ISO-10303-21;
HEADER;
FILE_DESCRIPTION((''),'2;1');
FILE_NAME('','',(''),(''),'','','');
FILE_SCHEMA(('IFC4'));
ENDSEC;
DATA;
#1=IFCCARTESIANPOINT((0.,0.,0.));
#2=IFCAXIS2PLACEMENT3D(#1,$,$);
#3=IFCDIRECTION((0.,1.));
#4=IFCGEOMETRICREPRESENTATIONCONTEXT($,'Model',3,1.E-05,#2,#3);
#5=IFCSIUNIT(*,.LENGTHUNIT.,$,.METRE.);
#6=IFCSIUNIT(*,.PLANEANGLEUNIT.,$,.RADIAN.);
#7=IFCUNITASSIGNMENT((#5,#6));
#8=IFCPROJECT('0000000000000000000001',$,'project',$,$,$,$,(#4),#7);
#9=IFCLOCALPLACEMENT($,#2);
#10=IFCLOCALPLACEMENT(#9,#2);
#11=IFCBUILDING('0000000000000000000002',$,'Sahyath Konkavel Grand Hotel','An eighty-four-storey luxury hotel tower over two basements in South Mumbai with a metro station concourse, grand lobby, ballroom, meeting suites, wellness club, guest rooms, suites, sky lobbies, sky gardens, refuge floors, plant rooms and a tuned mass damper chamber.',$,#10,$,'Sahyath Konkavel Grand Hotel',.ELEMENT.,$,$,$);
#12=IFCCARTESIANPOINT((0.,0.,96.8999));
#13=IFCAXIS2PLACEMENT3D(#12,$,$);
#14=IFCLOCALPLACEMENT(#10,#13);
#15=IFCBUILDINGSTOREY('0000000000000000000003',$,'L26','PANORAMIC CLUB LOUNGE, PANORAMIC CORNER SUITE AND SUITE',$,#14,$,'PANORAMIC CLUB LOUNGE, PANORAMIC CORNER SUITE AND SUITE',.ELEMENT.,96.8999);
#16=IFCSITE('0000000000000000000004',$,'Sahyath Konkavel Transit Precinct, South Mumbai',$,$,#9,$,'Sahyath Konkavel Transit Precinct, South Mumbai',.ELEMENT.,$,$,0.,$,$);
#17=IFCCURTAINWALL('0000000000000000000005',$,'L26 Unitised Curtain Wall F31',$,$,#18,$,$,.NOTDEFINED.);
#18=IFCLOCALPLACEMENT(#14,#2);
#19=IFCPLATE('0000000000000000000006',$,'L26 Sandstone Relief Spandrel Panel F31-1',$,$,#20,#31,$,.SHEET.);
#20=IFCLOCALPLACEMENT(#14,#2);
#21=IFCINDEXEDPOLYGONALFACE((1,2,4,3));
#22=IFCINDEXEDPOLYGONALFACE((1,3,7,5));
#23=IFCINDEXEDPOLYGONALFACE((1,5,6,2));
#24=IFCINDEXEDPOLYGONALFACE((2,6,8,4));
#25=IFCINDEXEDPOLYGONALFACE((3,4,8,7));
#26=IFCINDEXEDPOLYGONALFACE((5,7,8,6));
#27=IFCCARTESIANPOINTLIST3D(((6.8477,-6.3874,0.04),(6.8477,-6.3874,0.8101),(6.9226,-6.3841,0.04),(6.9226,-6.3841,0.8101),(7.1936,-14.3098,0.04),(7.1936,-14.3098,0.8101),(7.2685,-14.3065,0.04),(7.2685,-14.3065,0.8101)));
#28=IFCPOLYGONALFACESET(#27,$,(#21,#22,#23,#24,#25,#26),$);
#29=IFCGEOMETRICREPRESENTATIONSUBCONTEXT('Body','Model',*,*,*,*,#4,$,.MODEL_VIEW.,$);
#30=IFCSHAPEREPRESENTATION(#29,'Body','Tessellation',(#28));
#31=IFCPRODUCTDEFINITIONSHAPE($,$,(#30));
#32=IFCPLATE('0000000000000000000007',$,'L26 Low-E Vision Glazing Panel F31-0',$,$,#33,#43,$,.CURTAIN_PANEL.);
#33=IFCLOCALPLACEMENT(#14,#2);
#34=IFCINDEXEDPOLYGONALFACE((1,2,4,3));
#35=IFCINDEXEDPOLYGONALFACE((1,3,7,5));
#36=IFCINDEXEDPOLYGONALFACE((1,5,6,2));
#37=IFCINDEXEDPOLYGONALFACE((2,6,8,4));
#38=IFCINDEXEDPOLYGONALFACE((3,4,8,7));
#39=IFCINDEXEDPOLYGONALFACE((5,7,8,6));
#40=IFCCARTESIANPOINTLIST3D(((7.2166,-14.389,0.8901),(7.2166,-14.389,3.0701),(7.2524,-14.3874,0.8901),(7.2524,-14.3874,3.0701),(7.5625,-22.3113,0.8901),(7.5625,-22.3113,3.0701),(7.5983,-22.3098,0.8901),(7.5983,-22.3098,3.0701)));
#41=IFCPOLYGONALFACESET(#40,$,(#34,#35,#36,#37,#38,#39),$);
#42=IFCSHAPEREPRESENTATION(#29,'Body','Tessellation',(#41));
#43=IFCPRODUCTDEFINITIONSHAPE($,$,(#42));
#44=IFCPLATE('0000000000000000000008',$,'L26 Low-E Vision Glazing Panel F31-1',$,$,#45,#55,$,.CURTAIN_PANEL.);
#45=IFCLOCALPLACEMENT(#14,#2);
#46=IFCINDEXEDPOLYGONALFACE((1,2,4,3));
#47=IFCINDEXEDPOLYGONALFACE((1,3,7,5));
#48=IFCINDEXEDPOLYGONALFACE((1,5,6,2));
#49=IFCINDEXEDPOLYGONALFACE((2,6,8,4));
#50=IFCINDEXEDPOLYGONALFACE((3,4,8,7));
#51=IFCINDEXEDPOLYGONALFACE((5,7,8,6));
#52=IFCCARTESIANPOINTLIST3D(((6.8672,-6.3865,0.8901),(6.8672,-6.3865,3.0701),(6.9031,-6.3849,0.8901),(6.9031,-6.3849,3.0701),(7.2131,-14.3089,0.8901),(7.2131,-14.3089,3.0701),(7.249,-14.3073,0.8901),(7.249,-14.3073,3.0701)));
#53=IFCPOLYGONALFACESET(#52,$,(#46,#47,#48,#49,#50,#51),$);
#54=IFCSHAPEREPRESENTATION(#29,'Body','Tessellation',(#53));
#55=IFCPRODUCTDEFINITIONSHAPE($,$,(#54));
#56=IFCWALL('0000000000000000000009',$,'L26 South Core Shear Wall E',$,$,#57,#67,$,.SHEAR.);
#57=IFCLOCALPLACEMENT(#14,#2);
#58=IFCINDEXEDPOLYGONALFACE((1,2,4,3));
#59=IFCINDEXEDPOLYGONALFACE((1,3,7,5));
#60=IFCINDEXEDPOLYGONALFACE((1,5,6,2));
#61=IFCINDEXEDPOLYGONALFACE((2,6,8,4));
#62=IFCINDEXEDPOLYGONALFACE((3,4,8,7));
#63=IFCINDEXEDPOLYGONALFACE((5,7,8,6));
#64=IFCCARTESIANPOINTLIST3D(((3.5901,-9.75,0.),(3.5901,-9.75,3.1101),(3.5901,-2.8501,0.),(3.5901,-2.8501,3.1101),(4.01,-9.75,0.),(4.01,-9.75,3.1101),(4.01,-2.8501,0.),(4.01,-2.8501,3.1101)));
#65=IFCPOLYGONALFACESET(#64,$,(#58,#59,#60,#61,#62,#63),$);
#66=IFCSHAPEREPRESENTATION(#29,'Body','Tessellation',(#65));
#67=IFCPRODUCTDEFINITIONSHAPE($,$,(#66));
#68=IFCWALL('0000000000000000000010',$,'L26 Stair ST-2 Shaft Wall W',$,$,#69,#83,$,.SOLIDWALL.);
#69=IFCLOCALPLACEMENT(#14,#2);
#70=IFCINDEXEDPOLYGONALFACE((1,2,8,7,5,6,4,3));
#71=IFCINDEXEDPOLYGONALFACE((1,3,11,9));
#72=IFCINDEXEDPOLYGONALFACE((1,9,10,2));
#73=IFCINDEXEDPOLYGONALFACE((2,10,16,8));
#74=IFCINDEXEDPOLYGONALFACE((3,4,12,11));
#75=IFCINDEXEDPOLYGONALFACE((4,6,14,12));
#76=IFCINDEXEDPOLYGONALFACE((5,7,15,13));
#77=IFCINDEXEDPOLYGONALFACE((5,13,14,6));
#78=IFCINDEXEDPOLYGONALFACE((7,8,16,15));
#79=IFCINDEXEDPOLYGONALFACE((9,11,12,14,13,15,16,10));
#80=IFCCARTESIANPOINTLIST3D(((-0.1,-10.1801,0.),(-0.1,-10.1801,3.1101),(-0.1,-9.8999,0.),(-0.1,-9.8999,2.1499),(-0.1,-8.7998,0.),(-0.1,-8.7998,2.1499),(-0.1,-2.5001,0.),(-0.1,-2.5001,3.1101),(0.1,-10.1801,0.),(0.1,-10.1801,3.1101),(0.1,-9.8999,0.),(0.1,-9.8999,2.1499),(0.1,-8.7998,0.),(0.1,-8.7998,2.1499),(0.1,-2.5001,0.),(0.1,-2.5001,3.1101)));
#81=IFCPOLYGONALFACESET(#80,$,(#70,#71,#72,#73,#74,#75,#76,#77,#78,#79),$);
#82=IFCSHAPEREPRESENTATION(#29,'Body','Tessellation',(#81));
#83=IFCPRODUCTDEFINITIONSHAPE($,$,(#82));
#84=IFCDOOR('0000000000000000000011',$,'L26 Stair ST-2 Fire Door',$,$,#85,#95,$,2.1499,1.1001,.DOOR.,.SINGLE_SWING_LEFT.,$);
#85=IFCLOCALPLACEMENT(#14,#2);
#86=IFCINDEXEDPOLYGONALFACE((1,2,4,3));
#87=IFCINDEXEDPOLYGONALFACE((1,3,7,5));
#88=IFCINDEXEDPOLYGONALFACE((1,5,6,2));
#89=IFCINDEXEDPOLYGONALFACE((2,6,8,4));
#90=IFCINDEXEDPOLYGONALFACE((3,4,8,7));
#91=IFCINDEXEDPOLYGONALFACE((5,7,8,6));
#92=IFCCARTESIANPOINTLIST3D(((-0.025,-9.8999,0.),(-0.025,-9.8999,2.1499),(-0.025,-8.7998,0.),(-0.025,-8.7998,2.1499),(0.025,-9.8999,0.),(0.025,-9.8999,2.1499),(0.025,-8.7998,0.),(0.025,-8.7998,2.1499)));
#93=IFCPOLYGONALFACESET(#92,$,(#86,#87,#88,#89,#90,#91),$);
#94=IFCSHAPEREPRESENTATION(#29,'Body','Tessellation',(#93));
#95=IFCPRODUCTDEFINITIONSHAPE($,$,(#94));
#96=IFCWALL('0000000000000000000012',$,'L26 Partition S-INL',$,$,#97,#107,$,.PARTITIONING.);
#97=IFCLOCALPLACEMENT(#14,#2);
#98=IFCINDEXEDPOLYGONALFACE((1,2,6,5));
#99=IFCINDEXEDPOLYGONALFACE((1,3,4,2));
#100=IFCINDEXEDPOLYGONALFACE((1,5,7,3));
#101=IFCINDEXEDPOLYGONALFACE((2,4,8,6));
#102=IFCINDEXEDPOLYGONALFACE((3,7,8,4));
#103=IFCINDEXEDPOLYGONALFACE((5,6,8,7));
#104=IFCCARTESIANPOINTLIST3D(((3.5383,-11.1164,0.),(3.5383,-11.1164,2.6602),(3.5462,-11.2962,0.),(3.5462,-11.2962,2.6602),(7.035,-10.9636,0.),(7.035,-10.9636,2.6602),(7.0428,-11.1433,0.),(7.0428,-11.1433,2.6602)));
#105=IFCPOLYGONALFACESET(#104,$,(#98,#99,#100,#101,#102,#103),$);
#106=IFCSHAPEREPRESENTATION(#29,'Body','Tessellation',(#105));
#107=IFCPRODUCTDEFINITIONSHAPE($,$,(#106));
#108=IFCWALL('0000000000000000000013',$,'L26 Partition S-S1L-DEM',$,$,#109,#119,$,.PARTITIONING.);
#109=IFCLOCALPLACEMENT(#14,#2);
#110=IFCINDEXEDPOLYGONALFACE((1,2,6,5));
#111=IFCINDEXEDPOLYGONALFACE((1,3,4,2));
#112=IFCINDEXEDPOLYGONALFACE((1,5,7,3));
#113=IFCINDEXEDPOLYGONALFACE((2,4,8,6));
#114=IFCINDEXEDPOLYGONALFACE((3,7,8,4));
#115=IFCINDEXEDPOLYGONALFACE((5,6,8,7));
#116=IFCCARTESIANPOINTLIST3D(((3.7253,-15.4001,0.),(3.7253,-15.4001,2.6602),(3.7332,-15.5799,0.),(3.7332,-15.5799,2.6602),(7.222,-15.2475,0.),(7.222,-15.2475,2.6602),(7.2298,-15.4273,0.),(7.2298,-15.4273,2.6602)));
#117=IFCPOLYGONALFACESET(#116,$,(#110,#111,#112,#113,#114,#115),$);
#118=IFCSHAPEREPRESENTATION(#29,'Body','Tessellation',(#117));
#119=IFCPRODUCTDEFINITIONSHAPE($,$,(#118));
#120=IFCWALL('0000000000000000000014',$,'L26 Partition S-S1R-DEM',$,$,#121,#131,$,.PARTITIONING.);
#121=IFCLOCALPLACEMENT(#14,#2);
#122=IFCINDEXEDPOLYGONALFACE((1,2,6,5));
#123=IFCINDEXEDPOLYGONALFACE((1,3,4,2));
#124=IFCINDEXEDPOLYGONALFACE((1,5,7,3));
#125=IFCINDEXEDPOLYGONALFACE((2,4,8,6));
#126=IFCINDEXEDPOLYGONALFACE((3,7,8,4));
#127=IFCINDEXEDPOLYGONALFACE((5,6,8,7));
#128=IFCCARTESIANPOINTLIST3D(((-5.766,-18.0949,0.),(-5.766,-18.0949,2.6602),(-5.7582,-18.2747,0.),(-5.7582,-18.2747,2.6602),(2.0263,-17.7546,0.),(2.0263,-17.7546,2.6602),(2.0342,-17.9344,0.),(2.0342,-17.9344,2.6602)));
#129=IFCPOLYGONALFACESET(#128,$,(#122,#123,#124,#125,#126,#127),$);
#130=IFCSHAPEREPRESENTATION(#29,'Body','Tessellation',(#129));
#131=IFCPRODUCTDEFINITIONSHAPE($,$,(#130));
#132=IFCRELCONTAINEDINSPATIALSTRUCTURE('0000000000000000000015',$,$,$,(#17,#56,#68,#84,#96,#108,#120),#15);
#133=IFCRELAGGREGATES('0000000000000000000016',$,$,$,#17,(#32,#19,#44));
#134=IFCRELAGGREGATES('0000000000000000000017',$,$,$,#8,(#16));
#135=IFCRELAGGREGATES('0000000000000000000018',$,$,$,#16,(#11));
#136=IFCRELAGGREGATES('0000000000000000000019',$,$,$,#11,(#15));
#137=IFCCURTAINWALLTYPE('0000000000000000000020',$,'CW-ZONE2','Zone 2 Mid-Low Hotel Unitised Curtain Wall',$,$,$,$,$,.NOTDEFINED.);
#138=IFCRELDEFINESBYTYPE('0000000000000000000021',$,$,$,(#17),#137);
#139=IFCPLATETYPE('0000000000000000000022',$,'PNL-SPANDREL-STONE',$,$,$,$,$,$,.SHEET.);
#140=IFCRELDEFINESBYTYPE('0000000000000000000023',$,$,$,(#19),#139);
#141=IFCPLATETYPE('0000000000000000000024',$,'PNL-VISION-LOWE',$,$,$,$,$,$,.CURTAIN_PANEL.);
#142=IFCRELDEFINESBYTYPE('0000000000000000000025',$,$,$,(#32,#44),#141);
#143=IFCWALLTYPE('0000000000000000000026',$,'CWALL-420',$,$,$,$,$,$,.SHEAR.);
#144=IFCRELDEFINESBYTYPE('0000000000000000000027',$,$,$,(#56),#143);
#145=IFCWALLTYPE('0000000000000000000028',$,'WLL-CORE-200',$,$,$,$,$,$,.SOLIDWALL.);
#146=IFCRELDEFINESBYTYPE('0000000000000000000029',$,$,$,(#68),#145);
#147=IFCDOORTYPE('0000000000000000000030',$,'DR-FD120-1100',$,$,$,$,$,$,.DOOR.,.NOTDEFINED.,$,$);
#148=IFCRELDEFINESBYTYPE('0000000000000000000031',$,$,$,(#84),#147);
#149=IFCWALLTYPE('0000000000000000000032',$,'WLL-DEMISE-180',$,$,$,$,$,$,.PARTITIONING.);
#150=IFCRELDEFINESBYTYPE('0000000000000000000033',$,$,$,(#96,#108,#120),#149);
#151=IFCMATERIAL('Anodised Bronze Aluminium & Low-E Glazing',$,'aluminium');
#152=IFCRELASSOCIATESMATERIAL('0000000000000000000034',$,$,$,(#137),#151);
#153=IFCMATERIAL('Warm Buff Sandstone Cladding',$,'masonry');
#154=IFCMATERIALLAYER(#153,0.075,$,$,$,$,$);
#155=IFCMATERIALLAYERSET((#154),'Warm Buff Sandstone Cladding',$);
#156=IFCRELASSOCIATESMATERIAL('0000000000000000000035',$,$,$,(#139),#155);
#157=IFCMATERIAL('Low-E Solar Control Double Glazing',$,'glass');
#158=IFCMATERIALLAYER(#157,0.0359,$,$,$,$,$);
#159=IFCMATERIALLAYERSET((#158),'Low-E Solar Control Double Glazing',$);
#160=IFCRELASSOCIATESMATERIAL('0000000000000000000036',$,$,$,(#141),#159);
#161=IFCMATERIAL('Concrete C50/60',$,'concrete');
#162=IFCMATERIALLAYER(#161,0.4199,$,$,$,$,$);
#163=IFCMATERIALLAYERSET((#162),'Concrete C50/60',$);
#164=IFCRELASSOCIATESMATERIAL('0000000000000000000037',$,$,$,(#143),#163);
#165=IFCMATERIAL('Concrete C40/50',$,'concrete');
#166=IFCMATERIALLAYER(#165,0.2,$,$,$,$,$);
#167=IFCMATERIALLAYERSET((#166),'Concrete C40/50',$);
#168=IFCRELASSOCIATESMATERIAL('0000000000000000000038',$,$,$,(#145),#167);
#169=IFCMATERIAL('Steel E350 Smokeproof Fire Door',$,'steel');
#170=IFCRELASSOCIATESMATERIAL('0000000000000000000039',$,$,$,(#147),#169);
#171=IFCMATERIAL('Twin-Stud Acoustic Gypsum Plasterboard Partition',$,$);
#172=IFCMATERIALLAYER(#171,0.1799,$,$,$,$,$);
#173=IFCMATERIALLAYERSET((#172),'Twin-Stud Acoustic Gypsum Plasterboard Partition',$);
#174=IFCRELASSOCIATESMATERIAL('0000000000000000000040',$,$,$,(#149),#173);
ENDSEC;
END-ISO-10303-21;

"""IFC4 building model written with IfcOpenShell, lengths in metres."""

from ifc_helpers import new_model, si_unit, direction, frame, frame_2d, origin, origin_2d, place, context, subcontext, project, spatial, rectangle, extrude, source, transform, mapped, material, layer, layer_set, type_object, element, fill, aggregate, save


model = new_model("IFC4")

# Units and contexts
model_context = context("Model", 3, precision=1e-05, world=origin(), true_north=direction((0.0, 1.0)))
body_context = subcontext(model_context, "Body", "Model", "MODEL_VIEW")
ifc_project = project(units=[si_unit("LENGTHUNIT", "METRE"), si_unit("PLANEANGLEUNIT", "RADIAN")], contexts=[model_context])

# Site, building, storey
site_placement = place(None, origin())
site = spatial("IfcSite", under=ifc_project, at=site_placement, Name="Sahyath Konkavel Transit Precinct, South Mumbai", LongName="Sahyath Konkavel Transit Precinct, South Mumbai", CompositionType="ELEMENT", RefElevation=0.0)
building_placement = place(site_placement, origin())
building = spatial("IfcBuilding", under=site, at=building_placement, Name="Sahyath Konkavel Grand Hotel", Description="An eighty-four-storey luxury hotel tower over two basements in South Mumbai with a metro station concourse, grand lobby, ballroom, meeting suites, wellness club, guest rooms, suites, sky lobbies, sky gardens, refuge floors, plant rooms and a tuned mass damper chamber.", LongName="Sahyath Konkavel Grand Hotel", CompositionType="ELEMENT")
storey_placement = place(building_placement, frame((0.0, 0.0, 96.8999)))
storey = spatial("IfcBuildingStorey", under=building, at=storey_placement, Name="L26", Description="PANORAMIC CLUB LOUNGE, PANORAMIC CORNER SUITE AND SUITE", LongName="PANORAMIC CLUB LOUNGE, PANORAMIC CORNER SUITE AND SUITE", CompositionType="ELEMENT", Elevation=96.8999)

# Curtain wall
ifc_material_1 = material(Name="Anodised Bronze Aluminium & Low-E Glazing", Category="aluminium")
curtain_wall_type = type_object("IfcCurtainWallType", Name="CW-ZONE2", Description="Zone 2 Mid-Low Hotel Unitised Curtain Wall", PredefinedType="NOTDEFINED", material=ifc_material_1)
curtain_wall_placement = place(storey_placement, origin())
curtain_wall = element("IfcCurtainWall", 1, at=curtain_wall_placement, inside=storey, type_object=curtain_wall_type, Name="L26 Unitised Curtain Wall F31", PredefinedType="NOTDEFINED")

# Plates
ifc_material_2 = material(Name="Warm Buff Sandstone Cladding", Category="masonry")
ifc_layer_1 = layer(ifc_material_2, 0.075)
ifc_layer_set_1 = layer_set([ifc_layer_1], Name="Warm Buff Sandstone Cladding")
plate_type_1 = type_object("IfcPlateType", Name="PNL-SPANDREL-STONE", PredefinedType="SHEET", material=ifc_layer_set_1)
shared_shape_1 = source(origin(), body_context, "Body", "SweptSolid", [
    extrude(rectangle(XDim=7.9299, YDim=0.075, at=origin_2d()), origin(), (0.0, 0.0, 1.0), 0.77),
])
plate_1_placement = place(storey_placement, frame((7.0581, -10.3469, 0.04), z_axis=(0.0, 0.0, 1.0), x_axis=(-0.043619, 0.999048, 0.0)))
plate_1 = element("IfcPlate", 2, at=plate_1_placement, type_object=plate_type_1, Name="L26 Sandstone Relief Spandrel Panel F31-1", PredefinedType="SHEET", context=body_context, shape_type="MappedRepresentation", body=[
    mapped(shared_shape_1, transform((0.0, 0.0, 0.0), scale=1.0)),
])
ifc_material_3 = material(Name="Low-E Solar Control Double Glazing", Category="glass")
ifc_layer_2 = layer(ifc_material_3, 0.0359)
ifc_layer_set_2 = layer_set([ifc_layer_2], Name="Low-E Solar Control Double Glazing")
plate_type_2 = type_object("IfcPlateType", Name="PNL-VISION-LOWE", PredefinedType="CURTAIN_PANEL", material=ifc_layer_set_2)
shared_shape_2 = source(origin(), body_context, "Body", "SweptSolid", [
    extrude(rectangle(XDim=7.9299, YDim=0.0359, at=origin_2d()), origin(), (0.0, 0.0, 1.0), 2.1799),
])
plate_2_placement = place(storey_placement, frame((7.4075, -18.3494, 0.8901), z_axis=(0.0, 0.0, 1.0), x_axis=(-0.043619, 0.999048, 0.0)))
plate_2 = element("IfcPlate", 3, at=plate_2_placement, type_object=plate_type_2, Name="L26 Low-E Vision Glazing Panel F31-0", PredefinedType="CURTAIN_PANEL", context=body_context, shape_type="MappedRepresentation", body=[
    mapped(shared_shape_2, transform((0.0, 0.0, 0.0), scale=1.0)),
])
plate_3_placement = place(storey_placement, frame((7.0581, -10.3469, 0.8901), z_axis=(0.0, 0.0, 1.0), x_axis=(-0.043619, 0.999048, 0.0)))
plate_3 = element("IfcPlate", 4, at=plate_3_placement, type_object=plate_type_2, Name="L26 Low-E Vision Glazing Panel F31-1", PredefinedType="CURTAIN_PANEL", context=body_context, shape_type="MappedRepresentation", body=[
    mapped(shared_shape_2, transform((0.0, 0.0, 0.0), scale=1.0)),
])
aggregate(curtain_wall, [plate_2, plate_1, plate_3])

# Wall
ifc_material_4 = material(Name="Concrete C50/60", Category="concrete")
ifc_layer_3 = layer(ifc_material_4, 0.4199)
ifc_layer_set_3 = layer_set([ifc_layer_3], Name="Concrete C50/60")
wall_type_1 = type_object("IfcWallType", Name="CWALL-420", PredefinedType="SHEAR", material=ifc_layer_set_3)
wall_1_placement = place(storey_placement, frame((3.8, -9.75, 0.0), z_axis=(0.0, 0.0, 1.0), x_axis=(0.0, 1.0, 0.0)))
element("IfcWall", 5, at=wall_1_placement, inside=storey, type_object=wall_type_1, Name="L26 South Core Shear Wall E", PredefinedType="SHEAR", context=body_context, shape_type="SweptSolid", body=[
    extrude(rectangle(XDim=6.8999, YDim=0.4199, at=frame_2d((3.45, 0.0))), origin(), (0.0, 0.0, 1.0), 3.1101),
])

# Wall, opening, door
ifc_material_5 = material(Name="Concrete C40/50", Category="concrete")
ifc_layer_4 = layer(ifc_material_5, 0.2)
ifc_layer_set_4 = layer_set([ifc_layer_4], Name="Concrete C40/50")
wall_type_2 = type_object("IfcWallType", Name="WLL-CORE-200", PredefinedType="SOLIDWALL", material=ifc_layer_set_4)
wall_2_placement = place(storey_placement, frame((0.0, -10.1799, 0.0), z_axis=(0.0, 0.0, 1.0), x_axis=(0.0, 1.0, 0.0)))
wall_2 = element("IfcWall", 6, at=wall_2_placement, inside=storey, type_object=wall_type_2, Name="L26 Stair ST-2 Shaft Wall W", PredefinedType="SOLIDWALL", context=body_context, shape_type="SweptSolid", body=[
    extrude(rectangle(XDim=7.6799, YDim=0.2, at=frame_2d((3.8398, 0.0))), origin(), (0.0, 0.0, 1.0), 3.1101),
])
opening_1_placement = place(wall_2_placement, frame((0.28, 0.0, 0.0)))
opening_1 = element("IfcOpeningElement", 7, at=opening_1_placement, cuts=wall_2, PredefinedType="OPENING", context=body_context, shape_type="SweptSolid", body=[
    extrude(rectangle(XDim=1.1001, YDim=2.1499, at=frame_2d((0.55, 1.075))), frame((0.0, 0.1099, 0.0), z_axis=(0.0, -1.0, 0.0), x_axis=(1.0, 0.0, 0.0)), (0.0, 0.0, 1.0), 0.22),
])
ifc_material_6 = material(Name="Steel E350 Smokeproof Fire Door", Category="steel")
door_type_1 = type_object("IfcDoorType", Name="DR-FD120-1100", OperationType="NOTDEFINED", PredefinedType="DOOR", material=ifc_material_6)
shared_shape_3 = source(origin(), body_context, "Body", "SweptSolid", [
    extrude(rectangle(XDim=1.1001, YDim=0.05, at=origin_2d()), origin(), (0.0, 0.0, 1.0), 2.1499),
])
door_1_placement = place(opening_1_placement, frame((0.55, 0.0, 0.0)))
door_1 = element("IfcDoor", 8, at=door_1_placement, inside=storey, type_object=door_type_1, Name="L26 Stair ST-2 Fire Door", OperationType="SINGLE_SWING_LEFT", OverallHeight=2.1499, OverallWidth=1.1001, PredefinedType="DOOR", context=body_context, shape_type="MappedRepresentation", body=[
    mapped(shared_shape_3, transform((0.0, 0.0, 0.0), scale=1.0)),
])
fill(opening_1, door_1)

# Walls
ifc_material_7 = material(Name="Twin-Stud Acoustic Gypsum Plasterboard Partition")
ifc_layer_5 = layer(ifc_material_7, 0.1799)
ifc_layer_set_5 = layer_set([ifc_layer_5], Name="Twin-Stud Acoustic Gypsum Plasterboard Partition")
wall_type_3 = type_object("IfcWallType", Name="WLL-DEMISE-180", PredefinedType="PARTITIONING", material=ifc_layer_set_5)
for number, where, z_axis, x_axis, name in (
    (9, (3.5422, -11.2063, 0.0), (0.0, 0.0, 1.0), (0.999046, 0.043667, 0.0), "L26 Partition S-INL"),
    (10, (3.7292, -15.49, 0.0), (0.0, 0.0, 1.0), (0.999049, 0.043598, 0.0), "L26 Partition S-S1L-DEM"),
):
    element("IfcWall", number, at=place(storey_placement, frame(where, z_axis=z_axis, x_axis=x_axis)), inside=storey, type_object=wall_type_3, Name=name, PredefinedType="PARTITIONING", context=body_context, shape_type="SweptSolid", body=[
        extrude(rectangle(XDim=3.5, YDim=0.1799, at=frame_2d((1.75, 0.0))), origin(), (0.0, 0.0, 1.0), 2.6602),
    ])
wall_3_placement = place(storey_placement, frame((2.0303, -17.8445, 0.0), z_axis=(0.0, 0.0, 1.0), x_axis=(-0.999048, -0.043633, 0.0)))
element("IfcWall", 11, at=wall_3_placement, inside=storey, type_object=wall_type_3, Name="L26 Partition S-S1R-DEM", PredefinedType="PARTITIONING", context=body_context, shape_type="SweptSolid", body=[
    extrude(rectangle(XDim=7.7998, YDim=0.1799, at=frame_2d((3.8999, 0.0))), origin(), (0.0, 0.0, 1.0), 2.6602),
])

save(model, "model.ifc")
